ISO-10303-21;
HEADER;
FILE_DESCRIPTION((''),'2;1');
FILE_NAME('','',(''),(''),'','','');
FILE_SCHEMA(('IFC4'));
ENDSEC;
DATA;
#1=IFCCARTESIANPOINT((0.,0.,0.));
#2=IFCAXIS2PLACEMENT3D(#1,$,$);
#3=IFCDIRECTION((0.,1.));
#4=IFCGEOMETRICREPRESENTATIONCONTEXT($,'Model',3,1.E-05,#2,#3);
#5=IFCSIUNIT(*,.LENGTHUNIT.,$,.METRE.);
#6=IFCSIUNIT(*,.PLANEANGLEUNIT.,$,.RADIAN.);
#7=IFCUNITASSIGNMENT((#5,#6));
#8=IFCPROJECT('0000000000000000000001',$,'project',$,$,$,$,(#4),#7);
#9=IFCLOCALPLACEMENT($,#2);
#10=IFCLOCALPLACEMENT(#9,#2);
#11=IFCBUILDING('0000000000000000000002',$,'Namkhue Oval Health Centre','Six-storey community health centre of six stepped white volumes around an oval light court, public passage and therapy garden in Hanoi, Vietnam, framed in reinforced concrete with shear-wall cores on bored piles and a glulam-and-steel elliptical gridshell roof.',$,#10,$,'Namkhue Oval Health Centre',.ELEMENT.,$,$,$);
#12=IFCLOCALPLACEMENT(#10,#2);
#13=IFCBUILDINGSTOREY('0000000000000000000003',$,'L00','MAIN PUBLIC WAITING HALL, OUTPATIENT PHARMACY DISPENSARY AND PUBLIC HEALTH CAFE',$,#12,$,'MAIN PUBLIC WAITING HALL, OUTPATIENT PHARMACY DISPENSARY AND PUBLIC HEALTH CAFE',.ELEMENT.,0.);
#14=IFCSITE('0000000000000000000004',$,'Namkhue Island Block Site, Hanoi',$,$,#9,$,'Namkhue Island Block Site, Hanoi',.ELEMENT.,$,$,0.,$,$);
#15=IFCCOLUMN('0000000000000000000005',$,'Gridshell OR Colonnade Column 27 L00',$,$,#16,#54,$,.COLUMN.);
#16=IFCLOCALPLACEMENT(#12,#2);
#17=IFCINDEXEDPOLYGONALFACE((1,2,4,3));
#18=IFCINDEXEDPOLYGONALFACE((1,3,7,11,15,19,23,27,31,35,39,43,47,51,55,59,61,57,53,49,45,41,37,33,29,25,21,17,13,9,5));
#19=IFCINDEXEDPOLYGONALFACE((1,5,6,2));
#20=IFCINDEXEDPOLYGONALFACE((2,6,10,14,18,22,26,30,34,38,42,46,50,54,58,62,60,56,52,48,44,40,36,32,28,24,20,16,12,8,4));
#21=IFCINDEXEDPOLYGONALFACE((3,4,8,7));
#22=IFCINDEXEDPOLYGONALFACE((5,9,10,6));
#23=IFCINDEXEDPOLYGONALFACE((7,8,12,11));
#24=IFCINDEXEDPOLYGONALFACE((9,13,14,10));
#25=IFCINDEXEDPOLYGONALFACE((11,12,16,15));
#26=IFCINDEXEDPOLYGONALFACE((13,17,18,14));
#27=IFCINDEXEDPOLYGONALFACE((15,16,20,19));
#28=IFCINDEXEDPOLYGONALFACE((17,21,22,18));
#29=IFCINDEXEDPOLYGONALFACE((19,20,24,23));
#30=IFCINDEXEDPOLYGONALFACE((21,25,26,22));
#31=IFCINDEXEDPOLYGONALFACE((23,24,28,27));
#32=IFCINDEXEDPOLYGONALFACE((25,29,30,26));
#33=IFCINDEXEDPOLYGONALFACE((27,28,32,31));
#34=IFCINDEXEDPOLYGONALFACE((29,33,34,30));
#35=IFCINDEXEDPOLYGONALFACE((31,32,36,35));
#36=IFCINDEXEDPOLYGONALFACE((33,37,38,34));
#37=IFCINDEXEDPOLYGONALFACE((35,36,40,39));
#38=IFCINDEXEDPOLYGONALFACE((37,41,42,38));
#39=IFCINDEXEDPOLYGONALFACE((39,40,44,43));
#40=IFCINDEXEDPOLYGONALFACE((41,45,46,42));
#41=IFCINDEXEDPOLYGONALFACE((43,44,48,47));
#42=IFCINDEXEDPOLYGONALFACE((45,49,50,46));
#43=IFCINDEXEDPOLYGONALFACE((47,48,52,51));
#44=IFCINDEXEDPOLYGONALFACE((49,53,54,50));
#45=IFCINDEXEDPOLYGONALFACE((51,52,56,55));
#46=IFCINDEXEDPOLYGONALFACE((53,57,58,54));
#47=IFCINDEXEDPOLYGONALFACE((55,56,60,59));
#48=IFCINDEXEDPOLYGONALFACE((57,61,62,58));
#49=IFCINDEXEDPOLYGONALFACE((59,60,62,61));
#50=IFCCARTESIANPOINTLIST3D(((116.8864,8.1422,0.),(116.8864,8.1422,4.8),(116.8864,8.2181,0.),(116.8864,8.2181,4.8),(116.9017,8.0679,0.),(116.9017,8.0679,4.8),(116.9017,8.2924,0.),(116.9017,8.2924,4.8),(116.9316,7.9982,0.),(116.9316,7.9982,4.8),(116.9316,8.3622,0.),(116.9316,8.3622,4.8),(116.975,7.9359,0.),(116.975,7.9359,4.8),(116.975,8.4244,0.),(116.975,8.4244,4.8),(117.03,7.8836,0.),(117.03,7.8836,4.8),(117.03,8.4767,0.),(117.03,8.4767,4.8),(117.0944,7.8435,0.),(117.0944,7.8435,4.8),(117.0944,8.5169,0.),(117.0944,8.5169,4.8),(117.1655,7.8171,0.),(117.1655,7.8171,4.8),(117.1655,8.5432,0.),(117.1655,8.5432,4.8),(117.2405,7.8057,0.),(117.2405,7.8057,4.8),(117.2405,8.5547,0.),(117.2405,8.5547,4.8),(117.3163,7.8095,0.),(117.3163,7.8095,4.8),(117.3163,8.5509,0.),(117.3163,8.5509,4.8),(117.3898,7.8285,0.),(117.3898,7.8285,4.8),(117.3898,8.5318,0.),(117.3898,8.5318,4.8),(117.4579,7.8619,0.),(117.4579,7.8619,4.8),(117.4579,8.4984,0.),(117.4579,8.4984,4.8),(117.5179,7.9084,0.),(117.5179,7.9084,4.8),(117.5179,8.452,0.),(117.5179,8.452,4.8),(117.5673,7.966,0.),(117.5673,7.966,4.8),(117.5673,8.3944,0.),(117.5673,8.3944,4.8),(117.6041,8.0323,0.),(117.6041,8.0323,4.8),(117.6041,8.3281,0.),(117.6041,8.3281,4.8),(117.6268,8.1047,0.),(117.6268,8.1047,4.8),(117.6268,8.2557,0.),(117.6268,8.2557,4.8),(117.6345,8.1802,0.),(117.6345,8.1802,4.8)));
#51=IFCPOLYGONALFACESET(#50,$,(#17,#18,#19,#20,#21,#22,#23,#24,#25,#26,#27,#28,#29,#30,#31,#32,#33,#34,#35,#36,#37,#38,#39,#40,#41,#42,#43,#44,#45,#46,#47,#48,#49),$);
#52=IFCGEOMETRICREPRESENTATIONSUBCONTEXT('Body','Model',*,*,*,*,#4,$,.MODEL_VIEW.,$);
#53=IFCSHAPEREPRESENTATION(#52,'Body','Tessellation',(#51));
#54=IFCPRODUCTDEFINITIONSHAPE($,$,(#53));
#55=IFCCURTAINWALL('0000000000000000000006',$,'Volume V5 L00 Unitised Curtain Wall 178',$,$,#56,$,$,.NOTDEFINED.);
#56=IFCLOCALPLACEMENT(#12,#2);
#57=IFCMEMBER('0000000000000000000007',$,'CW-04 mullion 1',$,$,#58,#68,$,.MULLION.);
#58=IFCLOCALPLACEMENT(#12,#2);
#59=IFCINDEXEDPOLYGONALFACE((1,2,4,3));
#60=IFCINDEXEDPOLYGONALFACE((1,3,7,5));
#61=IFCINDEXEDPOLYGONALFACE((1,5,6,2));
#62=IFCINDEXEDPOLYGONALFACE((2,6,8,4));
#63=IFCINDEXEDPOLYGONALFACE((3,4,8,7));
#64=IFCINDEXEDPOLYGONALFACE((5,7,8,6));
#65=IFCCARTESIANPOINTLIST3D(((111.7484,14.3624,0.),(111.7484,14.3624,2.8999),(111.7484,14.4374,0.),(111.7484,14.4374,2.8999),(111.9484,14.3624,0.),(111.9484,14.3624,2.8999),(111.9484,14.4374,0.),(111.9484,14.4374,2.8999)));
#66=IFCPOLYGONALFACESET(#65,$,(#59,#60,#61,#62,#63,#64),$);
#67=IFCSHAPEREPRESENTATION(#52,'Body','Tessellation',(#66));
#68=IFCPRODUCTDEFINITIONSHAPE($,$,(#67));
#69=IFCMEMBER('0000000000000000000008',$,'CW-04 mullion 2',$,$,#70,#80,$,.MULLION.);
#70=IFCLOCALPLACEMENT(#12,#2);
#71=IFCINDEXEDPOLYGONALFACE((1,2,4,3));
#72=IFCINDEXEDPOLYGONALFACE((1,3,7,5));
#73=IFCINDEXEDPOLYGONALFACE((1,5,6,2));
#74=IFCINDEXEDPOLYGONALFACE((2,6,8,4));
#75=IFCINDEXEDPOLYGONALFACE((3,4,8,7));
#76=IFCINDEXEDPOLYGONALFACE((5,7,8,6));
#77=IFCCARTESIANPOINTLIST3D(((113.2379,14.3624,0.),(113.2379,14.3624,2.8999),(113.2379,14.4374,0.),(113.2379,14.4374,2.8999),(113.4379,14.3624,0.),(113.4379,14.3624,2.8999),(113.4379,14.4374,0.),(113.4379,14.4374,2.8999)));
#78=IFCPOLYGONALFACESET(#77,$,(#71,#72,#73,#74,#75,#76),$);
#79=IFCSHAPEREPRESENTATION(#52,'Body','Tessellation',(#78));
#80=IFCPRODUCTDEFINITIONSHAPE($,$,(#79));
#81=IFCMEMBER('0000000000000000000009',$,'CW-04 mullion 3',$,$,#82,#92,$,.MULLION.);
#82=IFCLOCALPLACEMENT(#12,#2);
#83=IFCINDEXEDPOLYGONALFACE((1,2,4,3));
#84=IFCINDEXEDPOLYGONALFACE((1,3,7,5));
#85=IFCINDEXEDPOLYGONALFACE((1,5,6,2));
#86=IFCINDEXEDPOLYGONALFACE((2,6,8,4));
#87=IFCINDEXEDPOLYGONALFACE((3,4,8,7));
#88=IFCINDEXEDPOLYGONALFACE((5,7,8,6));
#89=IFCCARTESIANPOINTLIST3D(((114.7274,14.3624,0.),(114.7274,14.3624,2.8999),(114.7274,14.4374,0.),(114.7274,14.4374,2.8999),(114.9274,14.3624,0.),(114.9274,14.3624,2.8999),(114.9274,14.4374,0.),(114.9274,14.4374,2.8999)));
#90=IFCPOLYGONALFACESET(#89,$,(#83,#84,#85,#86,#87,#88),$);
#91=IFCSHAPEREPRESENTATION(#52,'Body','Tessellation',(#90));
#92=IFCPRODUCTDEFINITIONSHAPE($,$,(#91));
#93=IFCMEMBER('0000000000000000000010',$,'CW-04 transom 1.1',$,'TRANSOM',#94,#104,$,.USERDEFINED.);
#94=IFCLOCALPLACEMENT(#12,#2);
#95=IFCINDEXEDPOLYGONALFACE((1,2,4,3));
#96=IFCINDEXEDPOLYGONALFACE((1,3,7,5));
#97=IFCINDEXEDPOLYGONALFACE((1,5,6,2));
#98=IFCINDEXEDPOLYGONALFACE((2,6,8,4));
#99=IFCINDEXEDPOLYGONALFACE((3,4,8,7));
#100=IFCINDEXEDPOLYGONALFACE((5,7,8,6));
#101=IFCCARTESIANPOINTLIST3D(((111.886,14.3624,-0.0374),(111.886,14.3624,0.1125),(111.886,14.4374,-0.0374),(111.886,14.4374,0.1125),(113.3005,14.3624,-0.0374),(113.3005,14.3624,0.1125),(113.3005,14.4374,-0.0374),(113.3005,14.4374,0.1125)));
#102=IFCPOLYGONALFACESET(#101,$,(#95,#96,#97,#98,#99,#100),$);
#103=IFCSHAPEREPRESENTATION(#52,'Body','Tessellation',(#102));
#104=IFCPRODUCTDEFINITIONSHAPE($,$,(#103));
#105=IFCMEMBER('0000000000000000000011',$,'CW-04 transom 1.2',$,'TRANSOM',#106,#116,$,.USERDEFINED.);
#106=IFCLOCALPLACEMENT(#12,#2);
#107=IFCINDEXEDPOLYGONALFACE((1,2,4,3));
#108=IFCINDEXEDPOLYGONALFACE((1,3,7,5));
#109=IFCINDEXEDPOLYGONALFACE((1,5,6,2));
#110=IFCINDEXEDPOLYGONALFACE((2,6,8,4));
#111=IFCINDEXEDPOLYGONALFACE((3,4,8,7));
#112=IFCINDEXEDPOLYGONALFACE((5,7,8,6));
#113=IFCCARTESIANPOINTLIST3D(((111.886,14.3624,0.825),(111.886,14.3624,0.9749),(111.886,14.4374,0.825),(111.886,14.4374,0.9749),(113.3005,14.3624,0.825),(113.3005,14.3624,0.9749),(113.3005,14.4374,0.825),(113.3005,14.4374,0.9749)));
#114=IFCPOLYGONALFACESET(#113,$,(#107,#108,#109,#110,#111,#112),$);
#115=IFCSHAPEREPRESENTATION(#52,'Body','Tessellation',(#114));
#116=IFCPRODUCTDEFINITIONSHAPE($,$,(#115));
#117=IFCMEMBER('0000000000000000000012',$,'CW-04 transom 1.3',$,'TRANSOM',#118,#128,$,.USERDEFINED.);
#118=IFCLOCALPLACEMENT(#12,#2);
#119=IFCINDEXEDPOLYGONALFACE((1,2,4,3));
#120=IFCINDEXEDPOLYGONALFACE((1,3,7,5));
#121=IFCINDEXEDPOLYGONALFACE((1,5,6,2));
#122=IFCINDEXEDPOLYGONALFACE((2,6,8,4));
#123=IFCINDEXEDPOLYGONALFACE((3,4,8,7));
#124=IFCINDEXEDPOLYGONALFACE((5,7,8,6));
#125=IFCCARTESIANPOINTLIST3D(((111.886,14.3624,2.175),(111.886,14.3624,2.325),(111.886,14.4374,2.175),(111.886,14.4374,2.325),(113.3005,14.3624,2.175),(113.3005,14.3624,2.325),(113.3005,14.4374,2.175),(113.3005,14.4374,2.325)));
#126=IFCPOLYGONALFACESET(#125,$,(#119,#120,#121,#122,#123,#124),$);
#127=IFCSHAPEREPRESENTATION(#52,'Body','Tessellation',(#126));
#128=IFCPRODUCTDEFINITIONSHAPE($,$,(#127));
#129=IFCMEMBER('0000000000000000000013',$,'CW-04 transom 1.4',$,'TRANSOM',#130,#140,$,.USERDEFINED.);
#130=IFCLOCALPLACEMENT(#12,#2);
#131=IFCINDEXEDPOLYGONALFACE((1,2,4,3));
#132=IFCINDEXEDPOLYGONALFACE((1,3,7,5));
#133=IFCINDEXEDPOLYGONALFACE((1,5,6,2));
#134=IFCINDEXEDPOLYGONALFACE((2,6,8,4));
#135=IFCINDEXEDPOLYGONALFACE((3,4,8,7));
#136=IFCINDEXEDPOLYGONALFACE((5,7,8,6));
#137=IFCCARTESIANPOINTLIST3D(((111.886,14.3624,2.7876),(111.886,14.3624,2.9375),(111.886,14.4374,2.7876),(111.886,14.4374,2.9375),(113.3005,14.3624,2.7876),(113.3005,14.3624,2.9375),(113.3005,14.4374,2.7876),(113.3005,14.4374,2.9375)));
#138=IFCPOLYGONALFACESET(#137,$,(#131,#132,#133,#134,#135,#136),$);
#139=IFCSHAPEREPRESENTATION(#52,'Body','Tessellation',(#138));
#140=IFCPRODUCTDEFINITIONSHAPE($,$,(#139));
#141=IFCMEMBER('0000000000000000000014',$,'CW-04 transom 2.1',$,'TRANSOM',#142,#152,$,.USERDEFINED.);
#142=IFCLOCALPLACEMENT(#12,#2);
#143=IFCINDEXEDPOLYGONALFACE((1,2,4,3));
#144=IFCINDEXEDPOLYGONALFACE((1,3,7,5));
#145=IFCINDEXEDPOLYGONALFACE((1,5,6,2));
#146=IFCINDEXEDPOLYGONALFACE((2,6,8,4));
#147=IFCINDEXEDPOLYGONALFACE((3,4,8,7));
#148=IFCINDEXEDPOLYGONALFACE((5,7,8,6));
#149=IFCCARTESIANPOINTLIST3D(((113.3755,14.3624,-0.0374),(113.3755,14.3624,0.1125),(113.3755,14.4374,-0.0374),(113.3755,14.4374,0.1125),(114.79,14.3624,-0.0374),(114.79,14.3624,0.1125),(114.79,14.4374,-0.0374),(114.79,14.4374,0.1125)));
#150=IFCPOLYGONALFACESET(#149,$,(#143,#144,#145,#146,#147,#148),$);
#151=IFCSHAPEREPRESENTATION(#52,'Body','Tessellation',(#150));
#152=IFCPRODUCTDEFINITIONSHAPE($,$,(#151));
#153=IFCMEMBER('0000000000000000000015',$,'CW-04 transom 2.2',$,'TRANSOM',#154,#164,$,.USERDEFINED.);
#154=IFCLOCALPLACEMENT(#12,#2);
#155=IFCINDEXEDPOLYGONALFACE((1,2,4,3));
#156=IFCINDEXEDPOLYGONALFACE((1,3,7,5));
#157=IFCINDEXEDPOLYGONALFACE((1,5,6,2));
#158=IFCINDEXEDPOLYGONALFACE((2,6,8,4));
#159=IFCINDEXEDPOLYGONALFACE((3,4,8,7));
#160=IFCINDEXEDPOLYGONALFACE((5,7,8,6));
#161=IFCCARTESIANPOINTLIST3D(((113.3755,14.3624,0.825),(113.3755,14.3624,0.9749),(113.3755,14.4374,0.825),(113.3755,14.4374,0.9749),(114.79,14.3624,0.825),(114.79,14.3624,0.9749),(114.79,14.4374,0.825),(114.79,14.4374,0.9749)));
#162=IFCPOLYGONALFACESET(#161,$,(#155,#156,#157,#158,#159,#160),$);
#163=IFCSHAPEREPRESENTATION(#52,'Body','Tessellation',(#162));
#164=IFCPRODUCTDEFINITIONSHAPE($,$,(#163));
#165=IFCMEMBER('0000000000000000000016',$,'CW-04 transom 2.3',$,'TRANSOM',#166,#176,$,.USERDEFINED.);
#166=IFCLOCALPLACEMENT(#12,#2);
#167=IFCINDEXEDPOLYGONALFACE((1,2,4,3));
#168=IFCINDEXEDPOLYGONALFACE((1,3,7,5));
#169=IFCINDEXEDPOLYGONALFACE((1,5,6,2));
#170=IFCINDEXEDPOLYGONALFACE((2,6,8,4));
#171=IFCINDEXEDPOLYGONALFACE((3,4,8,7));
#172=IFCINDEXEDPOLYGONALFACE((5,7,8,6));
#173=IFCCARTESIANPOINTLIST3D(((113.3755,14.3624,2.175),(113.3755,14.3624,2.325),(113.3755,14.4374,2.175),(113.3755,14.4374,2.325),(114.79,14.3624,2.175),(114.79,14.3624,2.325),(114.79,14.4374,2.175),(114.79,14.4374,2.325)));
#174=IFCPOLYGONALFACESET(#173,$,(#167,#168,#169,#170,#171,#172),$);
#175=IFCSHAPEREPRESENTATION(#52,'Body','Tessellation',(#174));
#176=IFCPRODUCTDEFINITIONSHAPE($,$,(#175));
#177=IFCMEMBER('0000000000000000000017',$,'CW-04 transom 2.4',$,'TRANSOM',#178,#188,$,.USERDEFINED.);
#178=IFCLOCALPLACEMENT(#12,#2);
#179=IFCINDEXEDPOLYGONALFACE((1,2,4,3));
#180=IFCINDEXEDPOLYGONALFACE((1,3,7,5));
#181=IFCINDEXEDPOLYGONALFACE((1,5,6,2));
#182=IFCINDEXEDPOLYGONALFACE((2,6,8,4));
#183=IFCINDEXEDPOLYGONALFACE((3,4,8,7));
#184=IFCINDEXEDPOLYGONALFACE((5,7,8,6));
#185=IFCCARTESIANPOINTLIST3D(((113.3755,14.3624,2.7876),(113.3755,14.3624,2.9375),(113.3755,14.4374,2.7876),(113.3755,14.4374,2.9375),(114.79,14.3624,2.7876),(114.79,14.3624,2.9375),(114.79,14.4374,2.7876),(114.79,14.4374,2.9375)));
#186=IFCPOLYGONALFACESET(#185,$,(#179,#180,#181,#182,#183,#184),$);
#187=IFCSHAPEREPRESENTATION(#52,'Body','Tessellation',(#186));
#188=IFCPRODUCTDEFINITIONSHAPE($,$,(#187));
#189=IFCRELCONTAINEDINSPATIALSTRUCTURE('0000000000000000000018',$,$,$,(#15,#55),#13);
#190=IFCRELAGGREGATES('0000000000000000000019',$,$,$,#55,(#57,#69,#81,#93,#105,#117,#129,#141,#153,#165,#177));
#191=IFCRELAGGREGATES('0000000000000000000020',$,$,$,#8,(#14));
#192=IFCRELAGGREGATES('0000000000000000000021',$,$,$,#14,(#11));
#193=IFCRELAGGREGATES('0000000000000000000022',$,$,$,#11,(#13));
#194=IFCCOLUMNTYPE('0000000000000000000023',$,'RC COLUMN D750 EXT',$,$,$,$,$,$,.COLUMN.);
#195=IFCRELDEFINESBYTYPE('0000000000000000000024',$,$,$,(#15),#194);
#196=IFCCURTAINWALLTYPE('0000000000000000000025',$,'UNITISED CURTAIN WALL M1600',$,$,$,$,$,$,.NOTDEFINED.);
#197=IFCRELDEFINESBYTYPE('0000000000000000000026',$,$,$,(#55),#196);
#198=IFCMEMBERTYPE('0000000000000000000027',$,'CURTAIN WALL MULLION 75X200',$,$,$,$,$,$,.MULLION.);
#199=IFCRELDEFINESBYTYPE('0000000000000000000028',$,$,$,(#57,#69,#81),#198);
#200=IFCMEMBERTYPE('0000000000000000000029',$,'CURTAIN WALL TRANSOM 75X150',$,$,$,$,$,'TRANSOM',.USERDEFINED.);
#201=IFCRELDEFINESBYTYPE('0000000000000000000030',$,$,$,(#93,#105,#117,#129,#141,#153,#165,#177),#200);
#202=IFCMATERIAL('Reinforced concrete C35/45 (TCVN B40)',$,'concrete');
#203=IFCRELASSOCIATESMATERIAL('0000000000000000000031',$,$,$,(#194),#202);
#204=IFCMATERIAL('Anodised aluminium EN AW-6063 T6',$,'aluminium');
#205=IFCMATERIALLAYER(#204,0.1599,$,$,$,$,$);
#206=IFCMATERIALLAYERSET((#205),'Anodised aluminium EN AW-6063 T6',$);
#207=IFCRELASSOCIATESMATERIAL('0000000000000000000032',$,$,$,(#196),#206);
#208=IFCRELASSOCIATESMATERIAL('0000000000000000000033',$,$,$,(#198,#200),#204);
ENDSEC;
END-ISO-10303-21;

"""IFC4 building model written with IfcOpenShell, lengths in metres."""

from ifc_helpers import new_model, si_unit, direction, frame, origin, origin_2d, place, context, subcontext, project, spatial, rectangle, circle, extrude, material, layer, layer_set, material_profile, profile_set, type_object, element, aggregate, save


model = new_model("IFC4")

# Units and contexts
model_context = context("Model", 3, precision=1e-05, world=origin(), true_north=direction((0.0, 1.0)))
body_context = subcontext(model_context, "Body", "Model", "MODEL_VIEW")
ifc_project = project(units=[si_unit("LENGTHUNIT", "METRE"), si_unit("PLANEANGLEUNIT", "RADIAN")], contexts=[model_context])

# Site, building, storey
site_placement = place(None, origin())
site = spatial("IfcSite", under=ifc_project, at=site_placement, Name="Namkhue Island Block Site, Hanoi", LongName="Namkhue Island Block Site, Hanoi", CompositionType="ELEMENT", RefElevation=0.0)
building_placement = place(site_placement, origin())
building = spatial("IfcBuilding", under=site, at=building_placement, Name="Namkhue Oval Health Centre", Description="Six-storey community health centre of six stepped white volumes around an oval light court, public passage and therapy garden in Hanoi, Vietnam, framed in reinforced concrete with shear-wall cores on bored piles and a glulam-and-steel elliptical gridshell roof.", LongName="Namkhue Oval Health Centre", CompositionType="ELEMENT")
storey_placement = place(building_placement, origin())
storey = spatial("IfcBuildingStorey", under=building, at=storey_placement, Name="L00", Description="MAIN PUBLIC WAITING HALL, OUTPATIENT PHARMACY DISPENSARY AND PUBLIC HEALTH CAFE", LongName="MAIN PUBLIC WAITING HALL, OUTPATIENT PHARMACY DISPENSARY AND PUBLIC HEALTH CAFE", CompositionType="ELEMENT", Elevation=0.0)

# Column
ifc_material_1 = material(Name="Reinforced concrete C35/45 (TCVN B40)", Category="concrete")
ifc_material_profile_1 = material_profile(ifc_material_1, circle(Radius=0.375, at=origin_2d()), Name="RC D750")
ifc_profile_set_1 = profile_set([ifc_material_profile_1], Name="Reinforced concrete C35/45 (TCVN B40)")
column_type_1 = type_object("IfcColumnType", Name="RC COLUMN D750 EXT", PredefinedType="COLUMN", material=ifc_profile_set_1)
column_1_placement = place(storey_placement, frame((117.2595, 8.1802, 0.0), z_axis=(0.0, 0.0, 1.0), x_axis=(1.0, 0.0, 0.0)))
element("IfcColumn", 1, at=column_1_placement, inside=storey, type_object=column_type_1, Name="Gridshell OR Colonnade Column 27 L00", PredefinedType="COLUMN", context=body_context, shape_type="SweptSolid", body=[
    extrude(circle(Radius=0.375, at=origin_2d()), origin(), (0.0, 0.0, 1.0), 4.8),
])

# Curtain wall, members
ifc_material_2 = material(Name="Anodised aluminium EN AW-6063 T6", Category="aluminium")
ifc_layer_1 = layer(ifc_material_2, 0.1599)
ifc_layer_set_1 = layer_set([ifc_layer_1], Name="Anodised aluminium EN AW-6063 T6")
curtain_wall_type = type_object("IfcCurtainWallType", Name="UNITISED CURTAIN WALL M1600", PredefinedType="NOTDEFINED", material=ifc_layer_set_1)
curtain_wall_placement = place(storey_placement, origin())
curtain_wall = element("IfcCurtainWall", 2, at=curtain_wall_placement, inside=storey, type_object=curtain_wall_type, Name="Volume V5 L00 Unitised Curtain Wall 178", PredefinedType="NOTDEFINED")
ifc_material_profile_2 = material_profile(ifc_material_2, rectangle(XDim=0.075, YDim=0.2, at=origin_2d()), Name="ALU 75x200")
ifc_profile_set_2 = profile_set([ifc_material_profile_2], Name="Anodised aluminium EN AW-6063 T6")
member_type_1 = type_object("IfcMemberType", Name="CURTAIN WALL MULLION 75X200", PredefinedType="MULLION", material=ifc_profile_set_2)
member_1_placement = place(storey_placement, frame((111.8484, 14.3999, 0.0), z_axis=(0.0, 0.0, 1.0), x_axis=(0.0, 1.0, 0.0)))
member_1 = element("IfcMember", 3, at=member_1_placement, type_object=member_type_1, Name="CW-04 mullion 1", PredefinedType="MULLION", context=body_context, shape_type="SweptSolid", body=[
    extrude(rectangle(XDim=0.075, YDim=0.2, at=origin_2d()), origin(), (0.0, 0.0, 1.0), 2.8999),
])
member_2_placement = place(storey_placement, frame((113.3379, 14.3999, 0.0), z_axis=(0.0, 0.0, 1.0), x_axis=(0.0, 1.0, 0.0)))
member_2 = element("IfcMember", 4, at=member_2_placement, type_object=member_type_1, Name="CW-04 mullion 2", PredefinedType="MULLION", context=body_context, shape_type="SweptSolid", body=[
    extrude(rectangle(XDim=0.075, YDim=0.2, at=origin_2d()), origin(), (0.0, 0.0, 1.0), 2.8999),
])
member_3_placement = place(storey_placement, frame((114.8274, 14.3999, 0.0), z_axis=(0.0, 0.0, 1.0), x_axis=(0.0, 1.0, 0.0)))
member_3 = element("IfcMember", 5, at=member_3_placement, type_object=member_type_1, Name="CW-04 mullion 3", PredefinedType="MULLION", context=body_context, shape_type="SweptSolid", body=[
    extrude(rectangle(XDim=0.075, YDim=0.2, at=origin_2d()), origin(), (0.0, 0.0, 1.0), 2.8999),
])
ifc_material_profile_3 = material_profile(ifc_material_2, rectangle(XDim=0.075, YDim=0.1499, at=origin_2d()), Name="ALU 75x150")
ifc_profile_set_3 = profile_set([ifc_material_profile_3], Name="Anodised aluminium EN AW-6063 T6")
member_type_2 = type_object("IfcMemberType", Name="CURTAIN WALL TRANSOM 75X150", ElementType="TRANSOM", PredefinedType="USERDEFINED", material=ifc_profile_set_3)
member_4_placement = place(storey_placement, frame((111.886, 14.3999, 0.0376), z_axis=(1.0, 0.0, 0.0), x_axis=(0.0, 1.0, 0.0)))
member_4 = element("IfcMember", 6, at=member_4_placement, type_object=member_type_2, Name="CW-04 transom 1.1", ObjectType="TRANSOM", PredefinedType="USERDEFINED", context=body_context, shape_type="SweptSolid", body=[
    extrude(rectangle(XDim=0.075, YDim=0.1499, at=origin_2d()), origin(), (0.0, 0.0, 1.0), 1.4146),
])
member_5_placement = place(storey_placement, frame((111.886, 14.3999, 0.8999), z_axis=(1.0, 0.0, 0.0), x_axis=(0.0, 1.0, 0.0)))
member_5 = element("IfcMember", 7, at=member_5_placement, type_object=member_type_2, Name="CW-04 transom 1.2", ObjectType="TRANSOM", PredefinedType="USERDEFINED", context=body_context, shape_type="SweptSolid", body=[
    extrude(rectangle(XDim=0.075, YDim=0.1499, at=origin_2d()), origin(), (0.0, 0.0, 1.0), 1.4146),
])
member_6_placement = place(storey_placement, frame((111.886, 14.3999, 2.25), z_axis=(1.0, 0.0, 0.0), x_axis=(0.0, 1.0, 0.0)))
member_6 = element("IfcMember", 8, at=member_6_placement, type_object=member_type_2, Name="CW-04 transom 1.3", ObjectType="TRANSOM", PredefinedType="USERDEFINED", context=body_context, shape_type="SweptSolid", body=[
    extrude(rectangle(XDim=0.075, YDim=0.1499, at=origin_2d()), origin(), (0.0, 0.0, 1.0), 1.4146),
])
member_7_placement = place(storey_placement, frame((111.886, 14.3999, 2.8625), z_axis=(1.0, 0.0, 0.0), x_axis=(0.0, 1.0, 0.0)))
member_7 = element("IfcMember", 9, at=member_7_placement, type_object=member_type_2, Name="CW-04 transom 1.4", ObjectType="TRANSOM", PredefinedType="USERDEFINED", context=body_context, shape_type="SweptSolid", body=[
    extrude(rectangle(XDim=0.075, YDim=0.1499, at=origin_2d()), origin(), (0.0, 0.0, 1.0), 1.4146),
])
member_8_placement = place(storey_placement, frame((113.3755, 14.3999, 0.0376), z_axis=(1.0, 0.0, 0.0), x_axis=(0.0, 1.0, 0.0)))
member_8 = element("IfcMember", 10, at=member_8_placement, type_object=member_type_2, Name="CW-04 transom 2.1", ObjectType="TRANSOM", PredefinedType="USERDEFINED", context=body_context, shape_type="SweptSolid", body=[
    extrude(rectangle(XDim=0.075, YDim=0.1499, at=origin_2d()), origin(), (0.0, 0.0, 1.0), 1.4146),
])
member_9_placement = place(storey_placement, frame((113.3755, 14.3999, 0.8999), z_axis=(1.0, 0.0, 0.0), x_axis=(0.0, 1.0, 0.0)))
member_9 = element("IfcMember", 11, at=member_9_placement, type_object=member_type_2, Name="CW-04 transom 2.2", ObjectType="TRANSOM", PredefinedType="USERDEFINED", context=body_context, shape_type="SweptSolid", body=[
    extrude(rectangle(XDim=0.075, YDim=0.1499, at=origin_2d()), origin(), (0.0, 0.0, 1.0), 1.4146),
])
member_10_placement = place(storey_placement, frame((113.3755, 14.3999, 2.25), z_axis=(1.0, 0.0, 0.0), x_axis=(0.0, 1.0, 0.0)))
member_10 = element("IfcMember", 12, at=member_10_placement, type_object=member_type_2, Name="CW-04 transom 2.3", ObjectType="TRANSOM", PredefinedType="USERDEFINED", context=body_context, shape_type="SweptSolid", body=[
    extrude(rectangle(XDim=0.075, YDim=0.1499, at=origin_2d()), origin(), (0.0, 0.0, 1.0), 1.4146),
])
member_11_placement = place(storey_placement, frame((113.3755, 14.3999, 2.8625), z_axis=(1.0, 0.0, 0.0), x_axis=(0.0, 1.0, 0.0)))
member_11 = element("IfcMember", 13, at=member_11_placement, type_object=member_type_2, Name="CW-04 transom 2.4", ObjectType="TRANSOM", PredefinedType="USERDEFINED", context=body_context, shape_type="SweptSolid", body=[
    extrude(rectangle(XDim=0.075, YDim=0.1499, at=origin_2d()), origin(), (0.0, 0.0, 1.0), 1.4146),
])
aggregate(curtain_wall, [member_1, member_2, member_3, member_4, member_5, member_6, member_7, member_8, member_9, member_10, member_11])

save(model, "model.ifc")
